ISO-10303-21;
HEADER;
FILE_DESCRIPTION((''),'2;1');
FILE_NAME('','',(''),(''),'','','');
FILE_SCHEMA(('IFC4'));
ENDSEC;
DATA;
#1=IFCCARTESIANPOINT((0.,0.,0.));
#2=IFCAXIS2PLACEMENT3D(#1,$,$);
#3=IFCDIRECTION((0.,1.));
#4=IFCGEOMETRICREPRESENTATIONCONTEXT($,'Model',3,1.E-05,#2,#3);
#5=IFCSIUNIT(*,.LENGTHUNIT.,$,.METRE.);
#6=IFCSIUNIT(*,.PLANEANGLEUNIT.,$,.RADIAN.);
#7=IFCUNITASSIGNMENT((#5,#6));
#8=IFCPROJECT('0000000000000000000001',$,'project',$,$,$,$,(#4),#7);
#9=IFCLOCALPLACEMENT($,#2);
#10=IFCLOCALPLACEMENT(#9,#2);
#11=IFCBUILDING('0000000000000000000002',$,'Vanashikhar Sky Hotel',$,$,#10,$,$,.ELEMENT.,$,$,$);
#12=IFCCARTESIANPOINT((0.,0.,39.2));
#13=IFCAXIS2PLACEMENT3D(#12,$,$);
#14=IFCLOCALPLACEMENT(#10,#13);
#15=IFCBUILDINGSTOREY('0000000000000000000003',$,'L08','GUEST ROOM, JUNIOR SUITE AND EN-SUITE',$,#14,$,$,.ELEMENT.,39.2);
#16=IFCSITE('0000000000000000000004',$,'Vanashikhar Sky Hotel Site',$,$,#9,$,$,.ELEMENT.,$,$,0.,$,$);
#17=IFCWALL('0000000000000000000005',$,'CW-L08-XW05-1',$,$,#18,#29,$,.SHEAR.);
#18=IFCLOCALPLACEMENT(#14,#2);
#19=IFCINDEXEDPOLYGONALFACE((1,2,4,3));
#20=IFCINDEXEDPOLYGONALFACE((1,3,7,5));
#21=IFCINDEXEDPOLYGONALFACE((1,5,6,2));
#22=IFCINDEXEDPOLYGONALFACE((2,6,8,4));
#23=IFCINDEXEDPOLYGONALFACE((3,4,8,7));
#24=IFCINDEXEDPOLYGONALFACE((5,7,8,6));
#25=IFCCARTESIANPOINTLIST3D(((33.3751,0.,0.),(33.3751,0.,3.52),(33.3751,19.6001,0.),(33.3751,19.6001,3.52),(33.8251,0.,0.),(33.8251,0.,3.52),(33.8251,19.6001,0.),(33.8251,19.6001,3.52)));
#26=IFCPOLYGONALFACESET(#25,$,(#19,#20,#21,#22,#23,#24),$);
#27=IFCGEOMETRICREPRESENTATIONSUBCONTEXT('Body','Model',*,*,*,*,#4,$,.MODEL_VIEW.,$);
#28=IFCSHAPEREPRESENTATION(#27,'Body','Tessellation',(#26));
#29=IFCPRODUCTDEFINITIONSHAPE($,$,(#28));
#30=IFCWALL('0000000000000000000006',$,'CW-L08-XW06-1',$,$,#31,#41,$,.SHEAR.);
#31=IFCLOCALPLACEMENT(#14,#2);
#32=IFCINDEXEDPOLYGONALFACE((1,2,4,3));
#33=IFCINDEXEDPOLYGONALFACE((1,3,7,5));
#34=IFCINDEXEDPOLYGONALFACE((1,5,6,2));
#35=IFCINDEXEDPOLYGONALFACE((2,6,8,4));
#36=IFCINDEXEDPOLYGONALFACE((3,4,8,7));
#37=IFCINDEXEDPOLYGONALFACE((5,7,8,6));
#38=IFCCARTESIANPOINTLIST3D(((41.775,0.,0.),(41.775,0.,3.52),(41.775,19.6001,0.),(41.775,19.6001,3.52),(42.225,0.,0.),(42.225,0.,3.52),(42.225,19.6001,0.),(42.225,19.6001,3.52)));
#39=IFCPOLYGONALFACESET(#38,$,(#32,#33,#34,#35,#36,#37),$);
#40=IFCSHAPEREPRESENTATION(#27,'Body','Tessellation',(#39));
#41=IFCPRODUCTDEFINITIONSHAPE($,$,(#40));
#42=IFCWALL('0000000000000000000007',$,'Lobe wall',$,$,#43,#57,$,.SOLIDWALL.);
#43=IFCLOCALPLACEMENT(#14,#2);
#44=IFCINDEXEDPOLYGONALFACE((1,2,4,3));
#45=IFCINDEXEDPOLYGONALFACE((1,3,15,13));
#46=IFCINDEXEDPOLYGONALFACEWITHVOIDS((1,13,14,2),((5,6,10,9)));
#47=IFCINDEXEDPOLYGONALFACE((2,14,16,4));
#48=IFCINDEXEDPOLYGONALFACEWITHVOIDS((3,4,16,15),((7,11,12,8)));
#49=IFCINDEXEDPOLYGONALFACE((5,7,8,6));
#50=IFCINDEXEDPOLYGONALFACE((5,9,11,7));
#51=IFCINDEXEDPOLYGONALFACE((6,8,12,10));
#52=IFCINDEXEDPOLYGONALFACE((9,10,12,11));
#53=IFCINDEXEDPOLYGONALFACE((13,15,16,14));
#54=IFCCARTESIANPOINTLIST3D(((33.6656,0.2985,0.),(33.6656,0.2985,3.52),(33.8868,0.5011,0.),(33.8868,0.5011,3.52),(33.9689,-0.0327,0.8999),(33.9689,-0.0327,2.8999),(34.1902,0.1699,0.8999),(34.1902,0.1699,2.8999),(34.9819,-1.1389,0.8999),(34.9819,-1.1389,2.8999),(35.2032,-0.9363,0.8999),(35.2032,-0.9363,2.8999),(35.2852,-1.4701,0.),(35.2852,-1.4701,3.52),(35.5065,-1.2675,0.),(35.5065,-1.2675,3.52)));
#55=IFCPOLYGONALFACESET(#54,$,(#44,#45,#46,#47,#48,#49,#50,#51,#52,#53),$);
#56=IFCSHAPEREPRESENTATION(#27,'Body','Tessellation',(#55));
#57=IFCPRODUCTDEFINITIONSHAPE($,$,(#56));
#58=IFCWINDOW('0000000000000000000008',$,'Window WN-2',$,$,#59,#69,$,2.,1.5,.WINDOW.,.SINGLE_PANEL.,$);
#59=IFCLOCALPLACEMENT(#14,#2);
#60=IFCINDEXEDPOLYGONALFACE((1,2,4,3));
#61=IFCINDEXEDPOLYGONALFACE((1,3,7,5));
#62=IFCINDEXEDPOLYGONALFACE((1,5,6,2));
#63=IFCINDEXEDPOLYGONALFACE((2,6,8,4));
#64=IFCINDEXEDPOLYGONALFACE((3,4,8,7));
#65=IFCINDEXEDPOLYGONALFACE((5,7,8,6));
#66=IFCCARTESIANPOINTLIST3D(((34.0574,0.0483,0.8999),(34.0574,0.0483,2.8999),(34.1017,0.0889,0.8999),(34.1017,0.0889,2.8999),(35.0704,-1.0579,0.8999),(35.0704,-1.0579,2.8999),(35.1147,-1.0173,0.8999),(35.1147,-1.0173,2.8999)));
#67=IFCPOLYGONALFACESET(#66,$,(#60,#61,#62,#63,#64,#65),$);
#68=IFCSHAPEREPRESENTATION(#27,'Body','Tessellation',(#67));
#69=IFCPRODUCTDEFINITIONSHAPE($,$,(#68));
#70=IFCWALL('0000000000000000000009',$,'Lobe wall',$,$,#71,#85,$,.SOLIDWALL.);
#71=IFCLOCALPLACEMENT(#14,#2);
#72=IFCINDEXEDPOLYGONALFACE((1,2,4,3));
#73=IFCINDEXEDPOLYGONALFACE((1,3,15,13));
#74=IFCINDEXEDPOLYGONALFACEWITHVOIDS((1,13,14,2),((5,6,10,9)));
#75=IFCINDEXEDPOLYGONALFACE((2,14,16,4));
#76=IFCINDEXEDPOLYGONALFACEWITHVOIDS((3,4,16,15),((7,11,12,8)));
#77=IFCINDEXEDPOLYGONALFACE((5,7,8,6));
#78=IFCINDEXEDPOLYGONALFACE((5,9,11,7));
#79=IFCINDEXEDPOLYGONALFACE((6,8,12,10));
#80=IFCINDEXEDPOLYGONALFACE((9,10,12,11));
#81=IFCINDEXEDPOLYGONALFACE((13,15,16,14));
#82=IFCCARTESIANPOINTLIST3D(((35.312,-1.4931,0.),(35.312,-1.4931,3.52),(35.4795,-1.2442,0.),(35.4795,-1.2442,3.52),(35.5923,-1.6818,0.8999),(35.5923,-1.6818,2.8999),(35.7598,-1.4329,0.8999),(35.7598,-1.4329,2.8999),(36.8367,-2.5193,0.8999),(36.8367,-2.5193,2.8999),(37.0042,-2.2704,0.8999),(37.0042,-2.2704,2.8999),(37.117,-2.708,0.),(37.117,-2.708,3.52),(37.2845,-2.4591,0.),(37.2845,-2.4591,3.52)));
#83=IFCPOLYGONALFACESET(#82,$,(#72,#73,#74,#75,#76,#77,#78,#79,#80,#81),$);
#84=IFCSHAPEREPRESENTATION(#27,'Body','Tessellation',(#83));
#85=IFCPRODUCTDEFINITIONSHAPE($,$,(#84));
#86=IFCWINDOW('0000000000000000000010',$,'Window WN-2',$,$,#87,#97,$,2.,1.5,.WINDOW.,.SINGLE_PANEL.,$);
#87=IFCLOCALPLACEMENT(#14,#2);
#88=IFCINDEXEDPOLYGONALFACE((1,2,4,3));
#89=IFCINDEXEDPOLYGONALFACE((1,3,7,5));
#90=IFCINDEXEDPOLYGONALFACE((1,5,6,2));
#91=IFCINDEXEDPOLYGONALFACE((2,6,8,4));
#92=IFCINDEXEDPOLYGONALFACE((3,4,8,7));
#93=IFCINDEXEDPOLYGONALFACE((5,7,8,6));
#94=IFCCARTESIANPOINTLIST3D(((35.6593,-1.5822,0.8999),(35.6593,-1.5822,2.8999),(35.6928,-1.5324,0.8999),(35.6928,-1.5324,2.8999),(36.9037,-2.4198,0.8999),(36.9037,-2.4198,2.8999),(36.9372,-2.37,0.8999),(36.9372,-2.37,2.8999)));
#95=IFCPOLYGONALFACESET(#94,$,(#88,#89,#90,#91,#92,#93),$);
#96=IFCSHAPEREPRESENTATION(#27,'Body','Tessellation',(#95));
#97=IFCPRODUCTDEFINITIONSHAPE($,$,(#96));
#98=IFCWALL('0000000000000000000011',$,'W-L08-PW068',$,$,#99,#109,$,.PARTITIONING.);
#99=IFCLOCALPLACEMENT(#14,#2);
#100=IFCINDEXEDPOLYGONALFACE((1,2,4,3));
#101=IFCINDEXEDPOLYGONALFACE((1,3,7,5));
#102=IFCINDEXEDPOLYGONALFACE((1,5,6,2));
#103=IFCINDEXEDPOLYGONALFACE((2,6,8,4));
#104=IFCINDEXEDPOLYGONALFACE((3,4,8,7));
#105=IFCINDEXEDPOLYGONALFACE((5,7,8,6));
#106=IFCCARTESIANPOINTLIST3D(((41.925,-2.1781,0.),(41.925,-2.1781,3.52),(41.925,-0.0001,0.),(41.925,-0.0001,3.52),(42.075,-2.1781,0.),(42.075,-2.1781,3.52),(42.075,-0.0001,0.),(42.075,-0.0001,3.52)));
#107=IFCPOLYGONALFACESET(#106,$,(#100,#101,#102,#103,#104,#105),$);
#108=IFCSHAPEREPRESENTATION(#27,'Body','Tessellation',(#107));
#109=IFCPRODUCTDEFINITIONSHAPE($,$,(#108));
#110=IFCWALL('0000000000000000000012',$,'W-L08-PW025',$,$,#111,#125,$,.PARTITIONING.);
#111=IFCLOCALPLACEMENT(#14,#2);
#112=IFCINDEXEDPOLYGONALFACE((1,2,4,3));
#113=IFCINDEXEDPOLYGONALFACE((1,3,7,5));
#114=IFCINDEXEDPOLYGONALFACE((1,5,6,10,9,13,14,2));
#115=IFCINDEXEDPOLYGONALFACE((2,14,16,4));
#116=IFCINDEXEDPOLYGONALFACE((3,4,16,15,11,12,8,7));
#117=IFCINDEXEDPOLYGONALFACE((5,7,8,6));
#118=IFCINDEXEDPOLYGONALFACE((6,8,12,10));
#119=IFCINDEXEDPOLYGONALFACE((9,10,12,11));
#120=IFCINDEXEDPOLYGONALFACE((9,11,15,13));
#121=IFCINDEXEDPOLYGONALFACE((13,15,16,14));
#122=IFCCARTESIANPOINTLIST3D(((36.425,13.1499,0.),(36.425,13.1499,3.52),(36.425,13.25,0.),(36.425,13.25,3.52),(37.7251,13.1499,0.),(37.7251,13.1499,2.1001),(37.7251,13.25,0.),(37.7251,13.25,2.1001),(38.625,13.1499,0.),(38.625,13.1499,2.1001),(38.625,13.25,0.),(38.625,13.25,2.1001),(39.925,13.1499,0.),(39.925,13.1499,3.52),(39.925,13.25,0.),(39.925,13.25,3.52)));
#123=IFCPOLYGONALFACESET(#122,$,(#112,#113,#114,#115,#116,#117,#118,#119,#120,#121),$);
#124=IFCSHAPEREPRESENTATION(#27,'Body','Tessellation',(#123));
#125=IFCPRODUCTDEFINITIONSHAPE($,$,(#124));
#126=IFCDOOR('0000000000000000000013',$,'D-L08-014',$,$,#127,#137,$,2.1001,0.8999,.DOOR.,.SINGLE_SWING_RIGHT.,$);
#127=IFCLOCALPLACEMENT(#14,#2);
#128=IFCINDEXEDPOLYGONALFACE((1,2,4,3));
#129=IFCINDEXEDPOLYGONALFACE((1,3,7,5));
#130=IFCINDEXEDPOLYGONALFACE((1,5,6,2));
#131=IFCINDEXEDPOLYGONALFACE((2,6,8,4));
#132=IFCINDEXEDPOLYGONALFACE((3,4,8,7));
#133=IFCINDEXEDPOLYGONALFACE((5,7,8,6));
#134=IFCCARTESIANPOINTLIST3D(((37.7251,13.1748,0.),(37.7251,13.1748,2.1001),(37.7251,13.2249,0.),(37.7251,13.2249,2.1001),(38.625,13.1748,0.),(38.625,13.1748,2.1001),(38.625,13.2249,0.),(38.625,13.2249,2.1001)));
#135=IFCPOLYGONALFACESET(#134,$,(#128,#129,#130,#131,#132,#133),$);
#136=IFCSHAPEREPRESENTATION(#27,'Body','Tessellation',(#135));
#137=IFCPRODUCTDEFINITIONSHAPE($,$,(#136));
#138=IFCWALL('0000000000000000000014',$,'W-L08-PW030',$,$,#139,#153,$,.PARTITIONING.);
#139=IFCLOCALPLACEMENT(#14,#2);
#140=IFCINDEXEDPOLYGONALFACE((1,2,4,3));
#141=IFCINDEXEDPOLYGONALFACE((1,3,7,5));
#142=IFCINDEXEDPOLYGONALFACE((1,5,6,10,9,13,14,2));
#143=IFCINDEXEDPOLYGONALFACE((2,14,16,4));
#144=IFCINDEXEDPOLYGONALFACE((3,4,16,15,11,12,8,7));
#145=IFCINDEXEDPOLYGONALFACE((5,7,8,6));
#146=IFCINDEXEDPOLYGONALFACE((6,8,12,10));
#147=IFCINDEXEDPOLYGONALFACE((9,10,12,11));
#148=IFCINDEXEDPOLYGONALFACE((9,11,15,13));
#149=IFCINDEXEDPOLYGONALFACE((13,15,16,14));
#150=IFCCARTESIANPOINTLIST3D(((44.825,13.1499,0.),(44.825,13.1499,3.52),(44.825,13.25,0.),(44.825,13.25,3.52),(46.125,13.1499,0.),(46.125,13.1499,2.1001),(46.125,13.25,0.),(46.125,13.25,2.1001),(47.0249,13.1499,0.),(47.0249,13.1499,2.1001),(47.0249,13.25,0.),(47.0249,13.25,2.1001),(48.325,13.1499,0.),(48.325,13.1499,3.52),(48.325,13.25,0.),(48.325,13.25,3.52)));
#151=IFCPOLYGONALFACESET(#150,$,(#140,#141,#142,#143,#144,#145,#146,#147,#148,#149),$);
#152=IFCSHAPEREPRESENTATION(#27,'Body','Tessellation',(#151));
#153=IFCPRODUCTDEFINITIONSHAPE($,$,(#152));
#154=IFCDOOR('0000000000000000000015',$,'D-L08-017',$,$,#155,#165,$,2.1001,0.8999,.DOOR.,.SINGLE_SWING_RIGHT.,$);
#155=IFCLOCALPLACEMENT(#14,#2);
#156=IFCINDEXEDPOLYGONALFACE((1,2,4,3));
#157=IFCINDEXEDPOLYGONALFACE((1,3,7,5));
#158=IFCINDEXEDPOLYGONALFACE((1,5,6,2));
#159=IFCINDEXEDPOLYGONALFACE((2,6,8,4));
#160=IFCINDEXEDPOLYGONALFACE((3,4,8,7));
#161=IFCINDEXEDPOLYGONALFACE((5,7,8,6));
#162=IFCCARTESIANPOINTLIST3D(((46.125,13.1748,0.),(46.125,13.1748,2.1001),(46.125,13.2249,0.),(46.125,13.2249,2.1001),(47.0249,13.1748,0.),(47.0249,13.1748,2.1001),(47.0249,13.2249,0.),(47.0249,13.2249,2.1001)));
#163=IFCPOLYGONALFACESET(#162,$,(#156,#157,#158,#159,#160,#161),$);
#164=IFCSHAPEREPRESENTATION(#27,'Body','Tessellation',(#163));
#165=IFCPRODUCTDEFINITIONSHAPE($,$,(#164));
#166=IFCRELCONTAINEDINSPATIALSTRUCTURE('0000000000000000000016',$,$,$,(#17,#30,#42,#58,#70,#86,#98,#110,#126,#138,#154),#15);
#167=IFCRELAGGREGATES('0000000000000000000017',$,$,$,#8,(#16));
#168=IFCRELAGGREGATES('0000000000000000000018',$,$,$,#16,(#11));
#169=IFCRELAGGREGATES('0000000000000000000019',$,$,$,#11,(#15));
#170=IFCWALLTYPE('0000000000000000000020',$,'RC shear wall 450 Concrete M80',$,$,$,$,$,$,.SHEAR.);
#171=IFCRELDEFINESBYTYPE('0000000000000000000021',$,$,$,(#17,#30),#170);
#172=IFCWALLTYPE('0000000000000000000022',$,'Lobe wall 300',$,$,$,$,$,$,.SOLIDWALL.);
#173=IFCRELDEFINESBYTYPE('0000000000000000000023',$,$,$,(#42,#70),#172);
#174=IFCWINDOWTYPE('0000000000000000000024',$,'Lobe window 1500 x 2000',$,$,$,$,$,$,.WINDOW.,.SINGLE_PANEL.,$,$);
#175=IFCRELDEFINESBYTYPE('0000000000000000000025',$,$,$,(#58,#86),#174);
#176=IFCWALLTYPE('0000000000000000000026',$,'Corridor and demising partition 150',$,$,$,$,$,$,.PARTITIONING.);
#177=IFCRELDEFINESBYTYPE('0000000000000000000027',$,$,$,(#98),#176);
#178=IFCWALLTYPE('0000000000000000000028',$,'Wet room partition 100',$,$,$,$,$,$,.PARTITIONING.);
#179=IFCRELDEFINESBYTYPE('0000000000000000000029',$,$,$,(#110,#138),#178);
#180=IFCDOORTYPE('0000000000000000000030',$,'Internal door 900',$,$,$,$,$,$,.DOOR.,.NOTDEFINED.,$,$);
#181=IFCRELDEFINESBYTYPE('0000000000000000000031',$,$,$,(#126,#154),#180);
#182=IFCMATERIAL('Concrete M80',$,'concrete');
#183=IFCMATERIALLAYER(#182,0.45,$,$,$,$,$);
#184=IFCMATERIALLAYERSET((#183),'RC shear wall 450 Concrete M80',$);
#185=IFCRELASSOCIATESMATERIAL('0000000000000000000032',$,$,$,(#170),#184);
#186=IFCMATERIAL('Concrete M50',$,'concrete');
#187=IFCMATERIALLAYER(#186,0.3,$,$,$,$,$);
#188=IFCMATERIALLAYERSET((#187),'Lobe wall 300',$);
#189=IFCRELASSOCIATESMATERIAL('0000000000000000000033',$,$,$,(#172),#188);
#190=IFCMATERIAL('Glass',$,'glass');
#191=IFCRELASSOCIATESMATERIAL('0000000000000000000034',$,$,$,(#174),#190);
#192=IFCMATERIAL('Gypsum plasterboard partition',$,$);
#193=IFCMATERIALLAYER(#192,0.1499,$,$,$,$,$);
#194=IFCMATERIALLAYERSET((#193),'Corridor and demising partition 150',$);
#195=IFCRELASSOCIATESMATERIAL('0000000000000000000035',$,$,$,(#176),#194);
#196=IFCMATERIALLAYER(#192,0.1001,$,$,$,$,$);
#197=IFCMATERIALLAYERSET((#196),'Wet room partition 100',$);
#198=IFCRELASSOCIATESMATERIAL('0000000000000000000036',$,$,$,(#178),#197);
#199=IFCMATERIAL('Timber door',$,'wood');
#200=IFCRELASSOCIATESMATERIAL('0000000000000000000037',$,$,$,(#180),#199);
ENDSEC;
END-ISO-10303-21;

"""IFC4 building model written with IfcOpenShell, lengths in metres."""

from ifc_helpers import new_model, si_unit, direction, frame, frame_2d, origin, place, context, subcontext, project, spatial, rectangle, extrude, source, transform, mapped, material, layer, layer_set, type_object, element, fill, save


model = new_model("IFC4")

# Units and contexts
model_context = context("Model", 3, precision=1e-05, world=origin(), true_north=direction((0.0, 1.0)))
body_context = subcontext(model_context, "Body", "Model", "MODEL_VIEW")
ifc_project = project(units=[si_unit("LENGTHUNIT", "METRE"), si_unit("PLANEANGLEUNIT", "RADIAN")], contexts=[model_context])

# Site, building, storey
site_placement = place(None, origin())
site = spatial("IfcSite", under=ifc_project, at=site_placement, Name="Vanashikhar Sky Hotel Site", CompositionType="ELEMENT", RefElevation=0.0)
building_placement = place(site_placement, origin())
building = spatial("IfcBuilding", under=site, at=building_placement, Name="Vanashikhar Sky Hotel", CompositionType="ELEMENT")
storey_placement = place(building_placement, frame((0.0, 0.0, 39.2)))
storey = spatial("IfcBuildingStorey", under=building, at=storey_placement, Name="L08", Description="GUEST ROOM, JUNIOR SUITE AND EN-SUITE", CompositionType="ELEMENT", Elevation=39.2)

# Walls
ifc_material_1 = material(Name="Concrete M80", Category="concrete")
ifc_layer_1 = layer(ifc_material_1, 0.45)
ifc_layer_set_1 = layer_set([ifc_layer_1], Name="RC shear wall 450 Concrete M80")
wall_type_1 = type_object("IfcWallType", Name="RC shear wall 450 Concrete M80", PredefinedType="SHEAR", material=ifc_layer_set_1)
shared_shape_1 = source(origin(), body_context, "Body", "SweptSolid", [
    extrude(rectangle(XDim=19.6001, YDim=0.45, at=frame_2d((9.8, 0.0))), origin(), (0.0, 0.0, 1.0), 3.52),
])
for number, where, z_axis, x_axis, name in (
    (1, (33.6001, 0.0, 0.0), (0.0, 0.0, 1.0), (0.0, 1.0, 0.0), "CW-L08-XW05-1"),
    (2, (42.0, 0.0, 0.0), (0.0, 0.0, 1.0), (0.0, 1.0, 0.0), "CW-L08-XW06-1"),
):
    element("IfcWall", number, at=place(storey_placement, frame(where, z_axis=z_axis, x_axis=x_axis)), inside=storey, type_object=wall_type_1, Name=name, PredefinedType="SHEAR", context=body_context, shape_type="MappedRepresentation", body=[
        mapped(shared_shape_1, transform((0.0, 0.0, 0.0), scale=1.0)),
    ])

# Walls, openings, windows
ifc_material_2 = material(Name="Concrete M50", Category="concrete")
ifc_layer_2 = layer(ifc_material_2, 0.3)
ifc_layer_set_2 = layer_set([ifc_layer_2], Name="Lobe wall 300")
wall_type_2 = type_object("IfcWallType", Name="Lobe wall 300", PredefinedType="SOLIDWALL", material=ifc_layer_set_2)
shared_shape_2 = source(origin(), body_context, "Body", "SweptSolid", [
    extrude(rectangle(XDim=2.3982, YDim=0.3, at=frame_2d((1.1992, 0.0))), origin(), (0.0, 0.0, 1.0), 3.52),
])
wall_1_placement = place(storey_placement, frame((33.7761, 0.3999, 0.0), z_axis=(0.0, 0.0, 1.0), x_axis=(0.675374, -0.737475, 0.0)))
wall_1 = element("IfcWall", 3, at=wall_1_placement, inside=storey, type_object=wall_type_2, Name="Lobe wall", PredefinedType="SOLIDWALL", context=body_context, shape_type="MappedRepresentation", body=[
    mapped(shared_shape_2, transform((0.0, 0.0, 0.0), scale=1.0)),
])
shared_shape_3 = source(origin(), body_context, "Body", "SweptSolid", [
    extrude(rectangle(XDim=1.5, YDim=2.0, at=frame_2d((0.75, 1.0))), frame((0.0, 0.1602, 0.0), z_axis=(0.0, -1.0, 0.0), x_axis=(1.0, 0.0, 0.0)), (0.0, 0.0, 1.0), 0.3201),
])
opening_1_placement = place(wall_1_placement, frame((0.4492, 0.0, 0.8999)))
opening_1 = element("IfcOpeningElement", 4, at=opening_1_placement, cuts=wall_1, PredefinedType="OPENING", context=body_context, shape_type="MappedRepresentation", body=[
    mapped(shared_shape_3, transform((0.0, 0.0, 0.0), scale=1.0)),
])
ifc_material_3 = material(Name="Glass", Category="glass")
window_type = type_object("IfcWindowType", Name="Lobe window 1500 x 2000", PartitioningType="SINGLE_PANEL", PredefinedType="WINDOW", material=ifc_material_3)
shared_shape_4 = source(origin(), body_context, "Body", "SweptSolid", [
    extrude(rectangle(XDim=1.5, YDim=2.0, at=frame_2d((0.75, 1.0))), frame((0.0, 0.03, 0.0), z_axis=(0.0, -1.0, 0.0), x_axis=(1.0, 0.0, 0.0)), (0.0, 0.0, 1.0), 0.0601),
])
window_1_placement = place(opening_1_placement, origin())
window_1 = element("IfcWindow", 5, at=window_1_placement, inside=storey, type_object=window_type, Name="Window WN-2", OverallHeight=2.0, OverallWidth=1.5, PartitioningType="SINGLE_PANEL", PredefinedType="WINDOW", context=body_context, shape_type="MappedRepresentation", body=[
    mapped(shared_shape_4, transform((0.0, 0.0, 0.0), scale=1.0)),
])
fill(opening_1, window_1)
shared_shape_5 = source(origin(), body_context, "Body", "SweptSolid", [
    extrude(rectangle(XDim=2.1758, YDim=0.3, at=frame_2d((1.0879, 0.0))), origin(), (0.0, 0.0, 1.0), 3.52),
])
wall_2_placement = place(storey_placement, frame((35.3958, -1.3687, 0.0), z_axis=(0.0, 0.0, 1.0), x_axis=(0.829591, -0.558372, 0.0)))
wall_2 = element("IfcWall", 6, at=wall_2_placement, inside=storey, type_object=wall_type_2, Name="Lobe wall", PredefinedType="SOLIDWALL", context=body_context, shape_type="MappedRepresentation", body=[
    mapped(shared_shape_5, transform((0.0, 0.0, 0.0), scale=1.0)),
])
opening_2_placement = place(wall_2_placement, frame((0.3379, 0.0, 0.8999)))
opening_2 = element("IfcOpeningElement", 7, at=opening_2_placement, cuts=wall_2, PredefinedType="OPENING", context=body_context, shape_type="MappedRepresentation", body=[
    mapped(shared_shape_3, transform((0.0, 0.0, 0.0), scale=1.0)),
])
window_2_placement = place(opening_2_placement, origin())
window_2 = element("IfcWindow", 8, at=window_2_placement, inside=storey, type_object=window_type, Name="Window WN-2", OverallHeight=2.0, OverallWidth=1.5, PartitioningType="SINGLE_PANEL", PredefinedType="WINDOW", context=body_context, shape_type="MappedRepresentation", body=[
    mapped(shared_shape_4, transform((0.0, 0.0, 0.0), scale=1.0)),
])
fill(opening_2, window_2)

# Wall
ifc_material_4 = material(Name="Gypsum plasterboard partition")
ifc_layer_3 = layer(ifc_material_4, 0.1499)
ifc_layer_set_3 = layer_set([ifc_layer_3], Name="Corridor and demising partition 150")
wall_type_3 = type_object("IfcWallType", Name="Corridor and demising partition 150", PredefinedType="PARTITIONING", material=ifc_layer_set_3)
shared_shape_6 = source(origin(), body_context, "Body", "SweptSolid", [
    extrude(rectangle(XDim=2.178, YDim=0.1499, at=frame_2d((1.0889, 0.0))), origin(), (0.0, 0.0, 1.0), 3.52),
])
wall_3_placement = place(storey_placement, frame((42.0, -2.178, 0.0), z_axis=(0.0, 0.0, 1.0), x_axis=(0.0, 1.0, 0.0)))
element("IfcWall", 9, at=wall_3_placement, inside=storey, type_object=wall_type_3, Name="W-L08-PW068", PredefinedType="PARTITIONING", context=body_context, shape_type="MappedRepresentation", body=[
    mapped(shared_shape_6, transform((0.0, 0.0, 0.0), scale=1.0)),
])

# Walls, openings, doors
ifc_layer_4 = layer(ifc_material_4, 0.1001)
ifc_layer_set_4 = layer_set([ifc_layer_4], Name="Wet room partition 100")
wall_type_4 = type_object("IfcWallType", Name="Wet room partition 100", PredefinedType="PARTITIONING", material=ifc_layer_set_4)
shared_shape_7 = source(origin(), body_context, "Body", "SweptSolid", [
    extrude(rectangle(XDim=3.5, YDim=0.1001, at=frame_2d((1.75, 0.0))), origin(), (0.0, 0.0, 1.0), 3.52),
])
wall_4_placement = place(storey_placement, frame((36.425, 13.2, 0.0), z_axis=(0.0, 0.0, 1.0), x_axis=(1.0, 0.0, 0.0)))
wall_4 = element("IfcWall", 10, at=wall_4_placement, inside=storey, type_object=wall_type_4, Name="W-L08-PW025", PredefinedType="PARTITIONING", context=body_context, shape_type="MappedRepresentation", body=[
    mapped(shared_shape_7, transform((0.0, 0.0, 0.0), scale=1.0)),
])
shared_shape_8 = source(origin(), body_context, "Body", "SweptSolid", [
    extrude(rectangle(XDim=0.8999, YDim=2.1001, at=frame_2d((0.45, 1.05))), frame((0.0, 0.0601, 0.0), z_axis=(0.0, -1.0, 0.0), x_axis=(1.0, 0.0, 0.0)), (0.0, 0.0, 1.0), 0.1201),
])
opening_3_placement = place(wall_4_placement, frame((1.3, 0.0, 0.0)))
opening_3 = element("IfcOpeningElement", 11, at=opening_3_placement, cuts=wall_4, PredefinedType="OPENING", context=body_context, shape_type="MappedRepresentation", body=[
    mapped(shared_shape_8, transform((0.0, 0.0, 0.0), scale=1.0)),
])
ifc_material_5 = material(Name="Timber door", Category="wood")
door_type = type_object("IfcDoorType", Name="Internal door 900", OperationType="NOTDEFINED", PredefinedType="DOOR", material=ifc_material_5)
shared_shape_9 = source(origin(), body_context, "Body", "SweptSolid", [
    extrude(rectangle(XDim=0.8999, YDim=2.1001, at=frame_2d((0.45, 1.05))), frame((0.0, 0.0249, 0.0), z_axis=(0.0, -1.0, 0.0), x_axis=(1.0, 0.0, 0.0)), (0.0, 0.0, 1.0), 0.05),
])
door_1_placement = place(opening_3_placement, origin())
door_1 = element("IfcDoor", 12, at=door_1_placement, inside=storey, type_object=door_type, Name="D-L08-014", OperationType="SINGLE_SWING_RIGHT", OverallHeight=2.1001, OverallWidth=0.8999, PredefinedType="DOOR", context=body_context, shape_type="MappedRepresentation", body=[
    mapped(shared_shape_9, transform((0.0, 0.0, 0.0), scale=1.0)),
])
fill(opening_3, door_1)
wall_5_placement = place(storey_placement, frame((44.825, 13.2, 0.0), z_axis=(0.0, 0.0, 1.0), x_axis=(1.0, 0.0, 0.0)))
wall_5 = element("IfcWall", 13, at=wall_5_placement, inside=storey, type_object=wall_type_4, Name="W-L08-PW030", PredefinedType="PARTITIONING", context=body_context, shape_type="MappedRepresentation", body=[
    mapped(shared_shape_7, transform((0.0, 0.0, 0.0), scale=1.0)),
])
opening_4_placement = place(wall_5_placement, frame((1.3, 0.0, 0.0)))
opening_4 = element("IfcOpeningElement", 14, at=opening_4_placement, cuts=wall_5, PredefinedType="OPENING", context=body_context, shape_type="MappedRepresentation", body=[
    mapped(shared_shape_8, transform((0.0, 0.0, 0.0), scale=1.0)),
])
door_2_placement = place(opening_4_placement, origin())
door_2 = element("IfcDoor", 15, at=door_2_placement, inside=storey, type_object=door_type, Name="D-L08-017", OperationType="SINGLE_SWING_RIGHT", OverallHeight=2.1001, OverallWidth=0.8999, PredefinedType="DOOR", context=body_context, shape_type="MappedRepresentation", body=[
    mapped(shared_shape_9, transform((0.0, 0.0, 0.0), scale=1.0)),
])
fill(opening_4, door_2)

save(model, "model.ifc")
